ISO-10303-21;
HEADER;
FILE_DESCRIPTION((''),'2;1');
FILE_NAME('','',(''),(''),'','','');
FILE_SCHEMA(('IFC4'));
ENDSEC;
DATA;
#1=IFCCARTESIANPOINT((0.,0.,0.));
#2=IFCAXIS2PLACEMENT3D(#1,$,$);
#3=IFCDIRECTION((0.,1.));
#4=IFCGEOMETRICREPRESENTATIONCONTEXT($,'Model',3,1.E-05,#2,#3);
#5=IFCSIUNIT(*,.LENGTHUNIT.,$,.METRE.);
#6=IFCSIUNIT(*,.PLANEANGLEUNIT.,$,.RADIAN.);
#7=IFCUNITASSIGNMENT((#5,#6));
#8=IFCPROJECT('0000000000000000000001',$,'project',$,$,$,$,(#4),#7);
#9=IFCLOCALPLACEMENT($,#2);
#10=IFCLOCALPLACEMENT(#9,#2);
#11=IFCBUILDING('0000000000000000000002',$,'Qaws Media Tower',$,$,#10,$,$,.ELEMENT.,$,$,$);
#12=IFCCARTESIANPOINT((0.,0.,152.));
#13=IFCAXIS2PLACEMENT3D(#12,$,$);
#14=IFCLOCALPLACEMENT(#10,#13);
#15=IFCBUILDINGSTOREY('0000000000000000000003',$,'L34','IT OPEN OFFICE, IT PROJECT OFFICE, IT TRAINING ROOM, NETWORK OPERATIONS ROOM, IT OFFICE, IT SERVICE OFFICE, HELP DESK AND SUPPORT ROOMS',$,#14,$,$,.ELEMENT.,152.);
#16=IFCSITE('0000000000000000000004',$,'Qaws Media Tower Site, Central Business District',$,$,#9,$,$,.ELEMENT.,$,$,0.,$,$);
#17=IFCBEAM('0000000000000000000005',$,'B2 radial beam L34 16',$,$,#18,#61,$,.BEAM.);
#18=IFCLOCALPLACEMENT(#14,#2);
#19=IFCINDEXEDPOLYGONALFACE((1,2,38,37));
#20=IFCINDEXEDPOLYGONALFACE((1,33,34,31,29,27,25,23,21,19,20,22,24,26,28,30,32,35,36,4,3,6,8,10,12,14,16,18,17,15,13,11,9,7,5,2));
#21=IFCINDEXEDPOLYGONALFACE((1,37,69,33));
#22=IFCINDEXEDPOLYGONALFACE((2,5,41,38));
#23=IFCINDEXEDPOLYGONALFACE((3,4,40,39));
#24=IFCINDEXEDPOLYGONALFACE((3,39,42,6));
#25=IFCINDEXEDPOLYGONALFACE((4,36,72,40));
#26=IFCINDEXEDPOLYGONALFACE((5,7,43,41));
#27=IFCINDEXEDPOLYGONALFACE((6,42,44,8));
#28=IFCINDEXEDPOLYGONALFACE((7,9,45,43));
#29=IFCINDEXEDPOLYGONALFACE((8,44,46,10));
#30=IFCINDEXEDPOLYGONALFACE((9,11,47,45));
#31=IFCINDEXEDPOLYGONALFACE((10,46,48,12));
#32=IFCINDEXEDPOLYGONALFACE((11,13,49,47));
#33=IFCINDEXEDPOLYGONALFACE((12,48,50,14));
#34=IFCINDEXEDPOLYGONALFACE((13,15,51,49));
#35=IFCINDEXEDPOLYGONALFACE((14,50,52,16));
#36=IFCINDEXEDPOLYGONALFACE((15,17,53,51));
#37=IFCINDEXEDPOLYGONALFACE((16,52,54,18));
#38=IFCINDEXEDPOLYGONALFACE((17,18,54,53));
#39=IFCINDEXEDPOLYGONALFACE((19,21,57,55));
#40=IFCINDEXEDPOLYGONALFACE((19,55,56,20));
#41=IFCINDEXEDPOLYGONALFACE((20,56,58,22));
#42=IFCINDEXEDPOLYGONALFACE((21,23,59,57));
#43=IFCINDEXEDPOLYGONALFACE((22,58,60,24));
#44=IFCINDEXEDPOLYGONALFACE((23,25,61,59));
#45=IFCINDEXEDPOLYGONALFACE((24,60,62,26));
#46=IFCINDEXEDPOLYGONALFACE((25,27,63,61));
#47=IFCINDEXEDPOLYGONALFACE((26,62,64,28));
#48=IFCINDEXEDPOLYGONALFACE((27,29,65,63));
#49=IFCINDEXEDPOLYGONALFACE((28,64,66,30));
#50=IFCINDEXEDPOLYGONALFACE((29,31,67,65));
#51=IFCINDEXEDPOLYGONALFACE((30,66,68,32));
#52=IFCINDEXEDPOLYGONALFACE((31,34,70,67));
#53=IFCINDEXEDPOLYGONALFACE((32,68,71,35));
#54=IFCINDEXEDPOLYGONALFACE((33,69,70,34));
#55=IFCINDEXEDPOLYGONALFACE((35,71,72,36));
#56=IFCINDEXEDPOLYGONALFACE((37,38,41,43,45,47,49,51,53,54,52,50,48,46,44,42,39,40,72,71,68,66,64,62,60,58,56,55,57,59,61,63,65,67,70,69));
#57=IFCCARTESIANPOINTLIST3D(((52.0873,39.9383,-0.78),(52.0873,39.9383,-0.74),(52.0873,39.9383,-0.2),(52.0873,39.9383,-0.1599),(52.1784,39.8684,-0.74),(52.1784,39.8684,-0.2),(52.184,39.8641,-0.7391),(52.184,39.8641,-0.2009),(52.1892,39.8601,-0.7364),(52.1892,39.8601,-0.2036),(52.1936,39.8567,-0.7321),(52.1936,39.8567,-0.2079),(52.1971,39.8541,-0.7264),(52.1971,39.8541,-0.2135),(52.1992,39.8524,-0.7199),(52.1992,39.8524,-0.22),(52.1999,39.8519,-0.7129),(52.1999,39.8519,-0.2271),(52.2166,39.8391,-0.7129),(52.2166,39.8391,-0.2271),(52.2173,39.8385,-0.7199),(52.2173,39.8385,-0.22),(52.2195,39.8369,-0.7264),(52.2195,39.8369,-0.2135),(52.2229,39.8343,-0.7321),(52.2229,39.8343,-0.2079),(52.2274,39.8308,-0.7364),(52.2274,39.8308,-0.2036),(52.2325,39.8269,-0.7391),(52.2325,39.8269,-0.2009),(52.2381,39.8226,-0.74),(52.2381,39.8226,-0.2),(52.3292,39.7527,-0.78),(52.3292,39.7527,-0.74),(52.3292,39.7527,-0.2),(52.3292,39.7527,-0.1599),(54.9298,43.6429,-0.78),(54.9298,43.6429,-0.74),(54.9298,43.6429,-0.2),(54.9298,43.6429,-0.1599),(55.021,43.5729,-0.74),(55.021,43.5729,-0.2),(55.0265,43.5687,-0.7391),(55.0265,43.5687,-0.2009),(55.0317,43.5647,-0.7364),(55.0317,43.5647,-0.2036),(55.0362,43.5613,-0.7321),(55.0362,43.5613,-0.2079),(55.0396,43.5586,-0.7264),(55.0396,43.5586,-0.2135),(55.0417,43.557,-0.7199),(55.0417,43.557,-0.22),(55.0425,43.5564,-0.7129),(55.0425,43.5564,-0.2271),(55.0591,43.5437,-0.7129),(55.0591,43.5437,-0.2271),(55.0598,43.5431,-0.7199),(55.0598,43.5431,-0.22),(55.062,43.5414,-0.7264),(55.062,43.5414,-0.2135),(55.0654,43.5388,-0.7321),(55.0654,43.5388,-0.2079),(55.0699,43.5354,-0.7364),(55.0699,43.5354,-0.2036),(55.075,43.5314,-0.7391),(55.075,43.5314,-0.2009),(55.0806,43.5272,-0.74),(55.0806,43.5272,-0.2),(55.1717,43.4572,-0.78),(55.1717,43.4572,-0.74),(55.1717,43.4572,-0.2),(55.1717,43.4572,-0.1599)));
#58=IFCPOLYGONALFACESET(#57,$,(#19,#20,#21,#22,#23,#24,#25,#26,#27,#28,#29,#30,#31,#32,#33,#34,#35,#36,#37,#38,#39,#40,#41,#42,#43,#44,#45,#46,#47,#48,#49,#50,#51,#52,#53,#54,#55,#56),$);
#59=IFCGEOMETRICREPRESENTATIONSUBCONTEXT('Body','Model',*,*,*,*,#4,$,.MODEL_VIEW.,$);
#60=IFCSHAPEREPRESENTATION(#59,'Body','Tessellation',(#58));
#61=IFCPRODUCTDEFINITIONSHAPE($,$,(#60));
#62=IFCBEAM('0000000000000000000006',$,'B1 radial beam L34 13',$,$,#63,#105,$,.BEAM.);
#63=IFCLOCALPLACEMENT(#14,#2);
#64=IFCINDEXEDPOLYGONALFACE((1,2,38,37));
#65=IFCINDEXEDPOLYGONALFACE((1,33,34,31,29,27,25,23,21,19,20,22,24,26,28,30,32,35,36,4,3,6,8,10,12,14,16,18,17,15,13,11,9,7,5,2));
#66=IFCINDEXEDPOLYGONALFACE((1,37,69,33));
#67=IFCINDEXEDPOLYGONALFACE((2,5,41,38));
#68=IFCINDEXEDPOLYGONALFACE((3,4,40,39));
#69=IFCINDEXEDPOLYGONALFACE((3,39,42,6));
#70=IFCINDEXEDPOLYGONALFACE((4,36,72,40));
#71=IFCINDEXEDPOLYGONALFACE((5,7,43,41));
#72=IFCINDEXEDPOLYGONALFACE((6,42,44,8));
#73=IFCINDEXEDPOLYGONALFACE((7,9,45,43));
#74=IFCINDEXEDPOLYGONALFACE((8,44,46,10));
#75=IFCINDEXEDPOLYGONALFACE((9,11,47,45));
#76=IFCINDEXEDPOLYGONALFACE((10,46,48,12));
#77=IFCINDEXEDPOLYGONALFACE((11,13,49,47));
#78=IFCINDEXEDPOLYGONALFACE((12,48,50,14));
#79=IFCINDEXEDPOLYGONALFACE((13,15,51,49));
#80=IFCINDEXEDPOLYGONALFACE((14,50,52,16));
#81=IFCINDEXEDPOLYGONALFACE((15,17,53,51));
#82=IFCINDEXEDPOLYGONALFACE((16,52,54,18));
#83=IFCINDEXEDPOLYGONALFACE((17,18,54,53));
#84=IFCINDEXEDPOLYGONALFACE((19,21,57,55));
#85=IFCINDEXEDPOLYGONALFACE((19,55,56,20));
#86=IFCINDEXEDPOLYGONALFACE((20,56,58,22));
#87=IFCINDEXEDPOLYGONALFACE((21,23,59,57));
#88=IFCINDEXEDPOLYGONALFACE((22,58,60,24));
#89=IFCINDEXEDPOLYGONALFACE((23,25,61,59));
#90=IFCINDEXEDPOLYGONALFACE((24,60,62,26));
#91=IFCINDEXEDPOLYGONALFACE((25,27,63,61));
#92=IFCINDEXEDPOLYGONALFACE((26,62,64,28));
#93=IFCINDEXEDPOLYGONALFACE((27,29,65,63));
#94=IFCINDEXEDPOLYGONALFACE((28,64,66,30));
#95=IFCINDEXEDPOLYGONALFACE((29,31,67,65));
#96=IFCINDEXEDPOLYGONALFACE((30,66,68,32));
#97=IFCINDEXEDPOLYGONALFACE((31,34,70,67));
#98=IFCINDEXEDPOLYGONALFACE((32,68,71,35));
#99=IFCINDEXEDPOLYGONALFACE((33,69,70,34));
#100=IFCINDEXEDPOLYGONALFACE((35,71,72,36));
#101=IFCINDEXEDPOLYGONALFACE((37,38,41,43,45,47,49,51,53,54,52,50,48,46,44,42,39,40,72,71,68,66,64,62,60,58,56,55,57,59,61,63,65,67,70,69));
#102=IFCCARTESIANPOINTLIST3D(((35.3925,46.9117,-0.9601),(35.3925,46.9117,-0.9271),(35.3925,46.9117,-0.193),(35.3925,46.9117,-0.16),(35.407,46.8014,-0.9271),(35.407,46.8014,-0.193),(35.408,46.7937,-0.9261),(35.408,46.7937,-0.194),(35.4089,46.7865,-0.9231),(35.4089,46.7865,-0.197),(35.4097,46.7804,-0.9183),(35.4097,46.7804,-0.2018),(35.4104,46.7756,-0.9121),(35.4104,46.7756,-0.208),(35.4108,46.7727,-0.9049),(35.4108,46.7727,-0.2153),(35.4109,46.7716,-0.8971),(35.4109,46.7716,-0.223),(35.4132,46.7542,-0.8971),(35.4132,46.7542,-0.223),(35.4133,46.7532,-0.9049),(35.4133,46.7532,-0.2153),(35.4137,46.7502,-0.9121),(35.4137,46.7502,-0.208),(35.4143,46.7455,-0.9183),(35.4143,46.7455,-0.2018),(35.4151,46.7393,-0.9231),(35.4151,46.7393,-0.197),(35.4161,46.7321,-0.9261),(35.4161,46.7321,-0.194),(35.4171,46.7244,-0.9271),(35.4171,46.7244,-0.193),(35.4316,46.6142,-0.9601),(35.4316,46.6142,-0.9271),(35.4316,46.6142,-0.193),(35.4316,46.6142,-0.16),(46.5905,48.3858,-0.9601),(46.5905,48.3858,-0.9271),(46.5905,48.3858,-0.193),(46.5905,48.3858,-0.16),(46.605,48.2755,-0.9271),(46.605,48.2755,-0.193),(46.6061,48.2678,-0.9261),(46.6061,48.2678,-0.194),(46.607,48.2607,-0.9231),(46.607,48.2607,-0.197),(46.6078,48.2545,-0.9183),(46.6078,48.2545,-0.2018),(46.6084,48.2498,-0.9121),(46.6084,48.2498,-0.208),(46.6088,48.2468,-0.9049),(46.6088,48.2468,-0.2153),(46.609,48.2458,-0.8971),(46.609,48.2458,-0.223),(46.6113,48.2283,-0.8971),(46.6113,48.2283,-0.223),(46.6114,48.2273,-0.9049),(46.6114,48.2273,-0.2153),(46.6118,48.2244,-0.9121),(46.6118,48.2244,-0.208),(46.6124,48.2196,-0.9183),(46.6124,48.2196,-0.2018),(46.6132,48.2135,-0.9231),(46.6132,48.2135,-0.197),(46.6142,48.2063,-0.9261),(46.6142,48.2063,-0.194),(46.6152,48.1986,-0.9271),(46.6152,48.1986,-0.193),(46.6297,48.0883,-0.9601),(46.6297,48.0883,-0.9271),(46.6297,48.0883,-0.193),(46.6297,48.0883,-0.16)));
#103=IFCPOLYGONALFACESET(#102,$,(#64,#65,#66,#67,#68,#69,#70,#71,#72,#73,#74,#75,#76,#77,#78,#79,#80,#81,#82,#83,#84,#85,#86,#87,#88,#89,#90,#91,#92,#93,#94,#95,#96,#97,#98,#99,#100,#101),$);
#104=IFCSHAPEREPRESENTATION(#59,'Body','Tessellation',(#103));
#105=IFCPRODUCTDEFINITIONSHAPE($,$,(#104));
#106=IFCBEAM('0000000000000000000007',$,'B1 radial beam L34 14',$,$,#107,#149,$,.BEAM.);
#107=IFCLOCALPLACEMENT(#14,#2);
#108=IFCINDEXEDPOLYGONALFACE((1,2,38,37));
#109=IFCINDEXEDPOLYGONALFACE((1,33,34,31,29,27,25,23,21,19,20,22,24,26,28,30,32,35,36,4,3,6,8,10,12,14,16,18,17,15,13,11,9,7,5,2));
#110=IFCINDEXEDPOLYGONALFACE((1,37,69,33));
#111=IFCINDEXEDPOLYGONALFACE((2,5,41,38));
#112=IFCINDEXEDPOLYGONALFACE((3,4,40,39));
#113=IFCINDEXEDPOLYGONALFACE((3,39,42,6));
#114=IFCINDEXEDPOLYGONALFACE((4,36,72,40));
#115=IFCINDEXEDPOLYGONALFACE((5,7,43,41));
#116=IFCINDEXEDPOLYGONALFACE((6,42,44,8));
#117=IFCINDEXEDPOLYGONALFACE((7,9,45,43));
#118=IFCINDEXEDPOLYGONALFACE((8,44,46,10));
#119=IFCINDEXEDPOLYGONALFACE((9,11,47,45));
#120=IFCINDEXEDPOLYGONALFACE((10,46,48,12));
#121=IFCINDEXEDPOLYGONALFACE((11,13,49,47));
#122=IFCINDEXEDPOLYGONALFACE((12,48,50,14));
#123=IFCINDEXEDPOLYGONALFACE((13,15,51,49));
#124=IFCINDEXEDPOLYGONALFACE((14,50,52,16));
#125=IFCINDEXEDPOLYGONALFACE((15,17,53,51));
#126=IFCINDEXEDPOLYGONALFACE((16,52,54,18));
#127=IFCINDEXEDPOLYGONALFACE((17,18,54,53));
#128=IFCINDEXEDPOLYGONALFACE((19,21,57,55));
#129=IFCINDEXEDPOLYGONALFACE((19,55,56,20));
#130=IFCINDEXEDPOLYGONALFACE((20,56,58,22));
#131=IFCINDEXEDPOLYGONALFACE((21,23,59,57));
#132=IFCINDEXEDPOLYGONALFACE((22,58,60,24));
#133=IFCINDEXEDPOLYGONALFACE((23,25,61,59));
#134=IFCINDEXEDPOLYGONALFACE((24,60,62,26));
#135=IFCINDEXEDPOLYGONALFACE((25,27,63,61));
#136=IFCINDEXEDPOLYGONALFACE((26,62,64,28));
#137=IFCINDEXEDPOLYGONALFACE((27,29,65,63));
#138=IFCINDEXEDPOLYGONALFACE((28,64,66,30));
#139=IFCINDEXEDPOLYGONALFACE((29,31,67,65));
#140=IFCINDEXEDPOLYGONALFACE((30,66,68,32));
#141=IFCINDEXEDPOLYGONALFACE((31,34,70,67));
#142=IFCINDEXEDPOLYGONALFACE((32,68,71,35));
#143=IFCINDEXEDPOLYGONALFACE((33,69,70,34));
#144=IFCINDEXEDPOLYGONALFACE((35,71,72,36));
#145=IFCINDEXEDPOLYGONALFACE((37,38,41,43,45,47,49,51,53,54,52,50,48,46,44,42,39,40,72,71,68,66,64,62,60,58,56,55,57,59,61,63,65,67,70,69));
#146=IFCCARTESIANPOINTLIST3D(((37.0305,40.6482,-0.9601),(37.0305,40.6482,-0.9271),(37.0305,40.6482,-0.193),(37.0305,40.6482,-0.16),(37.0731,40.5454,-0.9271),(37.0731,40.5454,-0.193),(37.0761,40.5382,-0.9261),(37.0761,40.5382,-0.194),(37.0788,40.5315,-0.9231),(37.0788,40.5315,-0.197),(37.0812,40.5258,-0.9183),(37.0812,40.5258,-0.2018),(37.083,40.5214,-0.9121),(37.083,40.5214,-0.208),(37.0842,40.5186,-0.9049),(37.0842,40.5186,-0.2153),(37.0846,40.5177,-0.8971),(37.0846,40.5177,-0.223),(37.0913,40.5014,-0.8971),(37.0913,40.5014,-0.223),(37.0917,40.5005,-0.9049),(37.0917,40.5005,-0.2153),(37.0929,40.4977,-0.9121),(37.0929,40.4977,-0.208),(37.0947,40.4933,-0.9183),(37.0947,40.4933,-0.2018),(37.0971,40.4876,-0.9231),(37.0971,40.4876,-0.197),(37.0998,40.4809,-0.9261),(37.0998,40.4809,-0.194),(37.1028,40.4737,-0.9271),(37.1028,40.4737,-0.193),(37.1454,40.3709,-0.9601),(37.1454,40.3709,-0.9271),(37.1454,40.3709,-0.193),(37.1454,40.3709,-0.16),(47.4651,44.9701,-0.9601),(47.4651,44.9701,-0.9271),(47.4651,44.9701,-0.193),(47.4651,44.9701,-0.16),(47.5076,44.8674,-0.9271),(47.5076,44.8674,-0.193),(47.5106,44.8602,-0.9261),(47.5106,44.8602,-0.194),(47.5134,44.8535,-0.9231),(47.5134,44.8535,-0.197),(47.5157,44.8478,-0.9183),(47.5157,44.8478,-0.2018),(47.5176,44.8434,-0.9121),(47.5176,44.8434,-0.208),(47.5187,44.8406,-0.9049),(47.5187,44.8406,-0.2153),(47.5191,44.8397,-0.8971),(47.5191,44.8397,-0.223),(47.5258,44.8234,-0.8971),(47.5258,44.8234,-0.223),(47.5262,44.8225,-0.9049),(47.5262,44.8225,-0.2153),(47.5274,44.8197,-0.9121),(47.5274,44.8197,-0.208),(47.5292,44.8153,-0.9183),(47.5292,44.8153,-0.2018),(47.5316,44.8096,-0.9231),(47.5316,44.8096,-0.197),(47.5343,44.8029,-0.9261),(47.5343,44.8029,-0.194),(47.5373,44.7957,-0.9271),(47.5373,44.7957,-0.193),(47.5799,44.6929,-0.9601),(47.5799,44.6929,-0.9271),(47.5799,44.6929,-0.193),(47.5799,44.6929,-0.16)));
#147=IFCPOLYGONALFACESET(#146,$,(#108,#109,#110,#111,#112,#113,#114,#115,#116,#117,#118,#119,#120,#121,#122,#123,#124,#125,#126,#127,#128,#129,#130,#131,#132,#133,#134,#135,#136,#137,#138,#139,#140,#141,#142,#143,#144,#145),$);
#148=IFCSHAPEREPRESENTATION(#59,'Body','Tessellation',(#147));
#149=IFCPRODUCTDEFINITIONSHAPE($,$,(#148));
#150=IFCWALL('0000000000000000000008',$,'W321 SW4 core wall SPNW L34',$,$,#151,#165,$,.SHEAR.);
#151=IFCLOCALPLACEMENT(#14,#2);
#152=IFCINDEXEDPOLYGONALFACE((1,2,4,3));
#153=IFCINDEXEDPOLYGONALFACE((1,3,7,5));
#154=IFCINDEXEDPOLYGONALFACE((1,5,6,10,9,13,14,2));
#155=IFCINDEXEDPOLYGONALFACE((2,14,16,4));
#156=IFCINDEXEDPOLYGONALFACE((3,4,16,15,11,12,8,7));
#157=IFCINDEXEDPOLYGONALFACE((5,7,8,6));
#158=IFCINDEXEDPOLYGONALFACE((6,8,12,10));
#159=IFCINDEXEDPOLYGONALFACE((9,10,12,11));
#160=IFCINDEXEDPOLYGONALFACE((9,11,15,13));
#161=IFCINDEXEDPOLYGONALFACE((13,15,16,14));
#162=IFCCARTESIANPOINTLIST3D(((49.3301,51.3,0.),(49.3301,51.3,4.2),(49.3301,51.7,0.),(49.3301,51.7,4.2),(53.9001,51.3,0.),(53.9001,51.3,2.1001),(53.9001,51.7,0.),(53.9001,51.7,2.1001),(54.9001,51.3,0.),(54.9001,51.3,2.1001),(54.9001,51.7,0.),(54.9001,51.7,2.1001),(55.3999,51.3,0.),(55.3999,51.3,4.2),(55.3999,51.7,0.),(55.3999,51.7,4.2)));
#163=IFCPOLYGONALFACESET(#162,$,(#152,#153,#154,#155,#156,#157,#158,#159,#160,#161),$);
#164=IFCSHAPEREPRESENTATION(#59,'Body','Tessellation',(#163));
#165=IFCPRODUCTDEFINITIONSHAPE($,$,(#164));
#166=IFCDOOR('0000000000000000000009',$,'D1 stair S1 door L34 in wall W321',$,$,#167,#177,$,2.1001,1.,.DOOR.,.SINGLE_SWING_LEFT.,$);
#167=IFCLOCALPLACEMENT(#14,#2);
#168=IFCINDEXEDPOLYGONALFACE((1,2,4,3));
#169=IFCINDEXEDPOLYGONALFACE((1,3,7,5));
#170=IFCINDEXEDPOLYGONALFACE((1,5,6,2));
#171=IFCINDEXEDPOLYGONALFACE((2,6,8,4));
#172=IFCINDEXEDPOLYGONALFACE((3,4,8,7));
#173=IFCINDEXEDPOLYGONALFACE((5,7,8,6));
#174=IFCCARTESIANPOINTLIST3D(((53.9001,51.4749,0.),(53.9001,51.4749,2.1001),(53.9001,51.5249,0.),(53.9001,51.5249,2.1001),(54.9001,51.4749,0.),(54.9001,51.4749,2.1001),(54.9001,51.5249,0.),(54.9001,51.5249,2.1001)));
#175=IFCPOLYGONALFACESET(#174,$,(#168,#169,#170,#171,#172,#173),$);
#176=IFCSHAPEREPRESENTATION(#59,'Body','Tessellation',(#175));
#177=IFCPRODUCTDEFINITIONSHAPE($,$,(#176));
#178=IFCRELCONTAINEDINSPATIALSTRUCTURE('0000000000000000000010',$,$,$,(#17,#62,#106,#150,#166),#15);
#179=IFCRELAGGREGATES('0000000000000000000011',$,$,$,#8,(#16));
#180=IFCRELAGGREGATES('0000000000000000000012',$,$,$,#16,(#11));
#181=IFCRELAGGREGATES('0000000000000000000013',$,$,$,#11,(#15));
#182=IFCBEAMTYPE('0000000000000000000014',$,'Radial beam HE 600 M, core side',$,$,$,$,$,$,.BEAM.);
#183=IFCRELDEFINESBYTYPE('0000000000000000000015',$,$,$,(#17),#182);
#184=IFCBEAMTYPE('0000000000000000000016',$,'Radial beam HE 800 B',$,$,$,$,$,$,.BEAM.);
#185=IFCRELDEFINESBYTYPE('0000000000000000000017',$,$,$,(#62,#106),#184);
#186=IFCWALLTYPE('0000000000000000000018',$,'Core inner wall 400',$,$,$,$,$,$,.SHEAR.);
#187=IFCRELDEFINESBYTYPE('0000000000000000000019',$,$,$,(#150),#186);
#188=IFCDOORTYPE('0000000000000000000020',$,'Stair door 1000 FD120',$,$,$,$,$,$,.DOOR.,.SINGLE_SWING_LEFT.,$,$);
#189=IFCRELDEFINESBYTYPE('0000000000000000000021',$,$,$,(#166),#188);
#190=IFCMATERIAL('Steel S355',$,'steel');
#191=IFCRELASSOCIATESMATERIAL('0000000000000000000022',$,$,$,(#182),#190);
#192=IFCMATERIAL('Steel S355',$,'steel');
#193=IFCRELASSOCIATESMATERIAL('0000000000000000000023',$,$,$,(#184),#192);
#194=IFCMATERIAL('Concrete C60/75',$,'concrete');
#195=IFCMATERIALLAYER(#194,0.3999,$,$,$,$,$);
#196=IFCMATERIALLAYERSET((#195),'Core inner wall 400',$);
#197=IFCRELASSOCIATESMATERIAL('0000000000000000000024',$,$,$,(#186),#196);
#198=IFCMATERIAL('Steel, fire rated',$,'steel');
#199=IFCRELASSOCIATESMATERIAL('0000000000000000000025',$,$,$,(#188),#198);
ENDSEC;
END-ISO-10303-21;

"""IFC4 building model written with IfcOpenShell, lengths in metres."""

from ifc_helpers import new_model, si_unit, direction, frame, frame_2d, origin, origin_2d, place, context, subcontext, project, spatial, rectangle, i_section, extrude, material, layer, layer_set, material_profile, profile_set, type_object, element, fill, save


model = new_model("IFC4")

# Units and contexts
model_context = context("Model", 3, precision=1e-05, world=origin(), true_north=direction((0.0, 1.0)))
body_context = subcontext(model_context, "Body", "Model", "MODEL_VIEW")
ifc_project = project(units=[si_unit("LENGTHUNIT", "METRE"), si_unit("PLANEANGLEUNIT", "RADIAN")], contexts=[model_context])

# Site, building, storey
site_placement = place(None, origin())
site = spatial("IfcSite", under=ifc_project, at=site_placement, Name="Qaws Media Tower Site, Central Business District", CompositionType="ELEMENT", RefElevation=0.0)
building_placement = place(site_placement, origin())
building = spatial("IfcBuilding", under=site, at=building_placement, Name="Qaws Media Tower", CompositionType="ELEMENT")
storey_placement = place(building_placement, frame((0.0, 0.0, 152.0)))
storey = spatial("IfcBuildingStorey", under=building, at=storey_placement, Name="L34", Description="IT OPEN OFFICE, IT PROJECT OFFICE, IT TRAINING ROOM, NETWORK OPERATIONS ROOM, IT OFFICE, IT SERVICE OFFICE, HELP DESK AND SUPPORT ROOMS", CompositionType="ELEMENT", Elevation=152.0)

# Beams
ifc_material_1 = material(Name="Steel S355", Category="steel")
ifc_material_profile_1 = material_profile(ifc_material_1, i_section(OverallWidth=0.3049, OverallDepth=0.6201, WebThickness=0.021, FlangeThickness=0.04, FilletRadius=0.0271, at=origin_2d()), Name="HE 600 M")
ifc_profile_set_1 = profile_set([ifc_material_profile_1], Name="Steel S355")
beam_type_1 = type_object("IfcBeamType", Name="Radial beam HE 600 M, core side", PredefinedType="BEAM", material=ifc_profile_set_1)
beam_1_placement = place(storey_placement, frame((55.0508, 43.55, -0.47), z_axis=(-0.608748, -0.793364, 0.0), x_axis=(0.793364, -0.608748, 0.0)))
element("IfcBeam", 1, at=beam_1_placement, inside=storey, type_object=beam_type_1, Name="B2 radial beam L34 16", PredefinedType="BEAM", context=body_context, shape_type="SweptSolid", body=[
    extrude(i_section(OverallWidth=0.3049, OverallDepth=0.6201, WebThickness=0.021, FlangeThickness=0.04, FilletRadius=0.0271, at=origin_2d()), origin(), (0.0, 0.0, 1.0), 4.6694),
])
ifc_material_2 = material(Name="Steel S355", Category="steel")
ifc_material_profile_2 = material_profile(ifc_material_2, i_section(OverallWidth=0.3, OverallDepth=0.8, WebThickness=0.0176, FlangeThickness=0.033, FilletRadius=0.03, at=origin_2d()), Name="HE 800 B")
ifc_profile_set_2 = profile_set([ifc_material_profile_2], Name="Steel S355")
beam_type_2 = type_object("IfcBeamType", Name="Radial beam HE 800 B", PredefinedType="BEAM", material=ifc_profile_set_2)
beam_2_placement = place(storey_placement, frame((46.6101, 48.2371, -0.5601), z_axis=(-0.991446, -0.130515, 0.0), x_axis=(0.130515, -0.991446, 0.0)))
element("IfcBeam", 2, at=beam_2_placement, inside=storey, type_object=beam_type_2, Name="B1 radial beam L34 13", PredefinedType="BEAM", context=body_context, shape_type="SweptSolid", body=[
    extrude(i_section(OverallWidth=0.3, OverallDepth=0.8, WebThickness=0.0176, FlangeThickness=0.033, FilletRadius=0.03, at=origin_2d()), origin(), (0.0, 0.0, 1.0), 11.2947),
])
beam_3_placement = place(storey_placement, frame((47.5225, 44.8315, -0.5601), z_axis=(-0.923883, -0.382674, 0.0), x_axis=(0.382674, -0.923883, 0.0)))
element("IfcBeam", 3, at=beam_3_placement, inside=storey, type_object=beam_type_2, Name="B1 radial beam L34 14", PredefinedType="BEAM", context=body_context, shape_type="SweptSolid", body=[
    extrude(i_section(OverallWidth=0.3, OverallDepth=0.8, WebThickness=0.0176, FlangeThickness=0.033, FilletRadius=0.03, at=origin_2d()), origin(), (0.0, 0.0, 1.0), 11.2942),
])

# Wall, opening, door
ifc_material_3 = material(Name="Concrete C60/75", Category="concrete")
ifc_layer_1 = layer(ifc_material_3, 0.3999)
ifc_layer_set_1 = layer_set([ifc_layer_1], Name="Core inner wall 400")
wall_type_1 = type_object("IfcWallType", Name="Core inner wall 400", PredefinedType="SHEAR", material=ifc_layer_set_1)
wall_1_placement = place(storey_placement, frame((49.3301, 51.5, 0.0), z_axis=(0.0, 0.0, 1.0), x_axis=(1.0, 0.0, 0.0)))
wall_1 = element("IfcWall", 4, at=wall_1_placement, inside=storey, type_object=wall_type_1, Name="W321 SW4 core wall SPNW L34", PredefinedType="SHEAR", context=body_context, shape_type="SweptSolid", body=[
    extrude(rectangle(XDim=6.0698, YDim=0.3999, at=frame_2d((3.0349, 0.0))), origin(), (0.0, 0.0, 1.0), 4.2),
])
opening_1_placement = place(wall_1_placement, frame((4.5701, 0.0, 0.0)))
opening_1 = element("IfcOpeningElement", 5, at=opening_1_placement, cuts=wall_1, PredefinedType="OPENING", context=body_context, shape_type="SweptSolid", body=[
    extrude(rectangle(XDim=1.0, YDim=2.1001, at=frame_2d((0.5, 1.05))), frame((0.0, 0.21, 0.0), z_axis=(0.0, -1.0, 0.0), x_axis=(1.0, 0.0, 0.0)), (0.0, 0.0, 1.0), 0.4199),
])
ifc_material_4 = material(Name="Steel, fire rated", Category="steel")
door_type_1 = type_object("IfcDoorType", Name="Stair door 1000 FD120", OperationType="SINGLE_SWING_LEFT", PredefinedType="DOOR", material=ifc_material_4)
door_1_placement = place(opening_1_placement, origin())
door_1 = element("IfcDoor", 6, at=door_1_placement, inside=storey, type_object=door_type_1, Name="D1 stair S1 door L34 in wall W321", OperationType="SINGLE_SWING_LEFT", OverallHeight=2.1001, OverallWidth=1.0, PredefinedType="DOOR", context=body_context, shape_type="SweptSolid", body=[
    extrude(rectangle(XDim=1.0, YDim=2.1001, at=frame_2d((0.5, 1.05))), frame((0.0, 0.0249, 0.0), z_axis=(0.0, -1.0, 0.0), x_axis=(1.0, 0.0, 0.0)), (0.0, 0.0, 1.0), 0.05),
])
fill(opening_1, door_1)

save(model, "model.ifc")
